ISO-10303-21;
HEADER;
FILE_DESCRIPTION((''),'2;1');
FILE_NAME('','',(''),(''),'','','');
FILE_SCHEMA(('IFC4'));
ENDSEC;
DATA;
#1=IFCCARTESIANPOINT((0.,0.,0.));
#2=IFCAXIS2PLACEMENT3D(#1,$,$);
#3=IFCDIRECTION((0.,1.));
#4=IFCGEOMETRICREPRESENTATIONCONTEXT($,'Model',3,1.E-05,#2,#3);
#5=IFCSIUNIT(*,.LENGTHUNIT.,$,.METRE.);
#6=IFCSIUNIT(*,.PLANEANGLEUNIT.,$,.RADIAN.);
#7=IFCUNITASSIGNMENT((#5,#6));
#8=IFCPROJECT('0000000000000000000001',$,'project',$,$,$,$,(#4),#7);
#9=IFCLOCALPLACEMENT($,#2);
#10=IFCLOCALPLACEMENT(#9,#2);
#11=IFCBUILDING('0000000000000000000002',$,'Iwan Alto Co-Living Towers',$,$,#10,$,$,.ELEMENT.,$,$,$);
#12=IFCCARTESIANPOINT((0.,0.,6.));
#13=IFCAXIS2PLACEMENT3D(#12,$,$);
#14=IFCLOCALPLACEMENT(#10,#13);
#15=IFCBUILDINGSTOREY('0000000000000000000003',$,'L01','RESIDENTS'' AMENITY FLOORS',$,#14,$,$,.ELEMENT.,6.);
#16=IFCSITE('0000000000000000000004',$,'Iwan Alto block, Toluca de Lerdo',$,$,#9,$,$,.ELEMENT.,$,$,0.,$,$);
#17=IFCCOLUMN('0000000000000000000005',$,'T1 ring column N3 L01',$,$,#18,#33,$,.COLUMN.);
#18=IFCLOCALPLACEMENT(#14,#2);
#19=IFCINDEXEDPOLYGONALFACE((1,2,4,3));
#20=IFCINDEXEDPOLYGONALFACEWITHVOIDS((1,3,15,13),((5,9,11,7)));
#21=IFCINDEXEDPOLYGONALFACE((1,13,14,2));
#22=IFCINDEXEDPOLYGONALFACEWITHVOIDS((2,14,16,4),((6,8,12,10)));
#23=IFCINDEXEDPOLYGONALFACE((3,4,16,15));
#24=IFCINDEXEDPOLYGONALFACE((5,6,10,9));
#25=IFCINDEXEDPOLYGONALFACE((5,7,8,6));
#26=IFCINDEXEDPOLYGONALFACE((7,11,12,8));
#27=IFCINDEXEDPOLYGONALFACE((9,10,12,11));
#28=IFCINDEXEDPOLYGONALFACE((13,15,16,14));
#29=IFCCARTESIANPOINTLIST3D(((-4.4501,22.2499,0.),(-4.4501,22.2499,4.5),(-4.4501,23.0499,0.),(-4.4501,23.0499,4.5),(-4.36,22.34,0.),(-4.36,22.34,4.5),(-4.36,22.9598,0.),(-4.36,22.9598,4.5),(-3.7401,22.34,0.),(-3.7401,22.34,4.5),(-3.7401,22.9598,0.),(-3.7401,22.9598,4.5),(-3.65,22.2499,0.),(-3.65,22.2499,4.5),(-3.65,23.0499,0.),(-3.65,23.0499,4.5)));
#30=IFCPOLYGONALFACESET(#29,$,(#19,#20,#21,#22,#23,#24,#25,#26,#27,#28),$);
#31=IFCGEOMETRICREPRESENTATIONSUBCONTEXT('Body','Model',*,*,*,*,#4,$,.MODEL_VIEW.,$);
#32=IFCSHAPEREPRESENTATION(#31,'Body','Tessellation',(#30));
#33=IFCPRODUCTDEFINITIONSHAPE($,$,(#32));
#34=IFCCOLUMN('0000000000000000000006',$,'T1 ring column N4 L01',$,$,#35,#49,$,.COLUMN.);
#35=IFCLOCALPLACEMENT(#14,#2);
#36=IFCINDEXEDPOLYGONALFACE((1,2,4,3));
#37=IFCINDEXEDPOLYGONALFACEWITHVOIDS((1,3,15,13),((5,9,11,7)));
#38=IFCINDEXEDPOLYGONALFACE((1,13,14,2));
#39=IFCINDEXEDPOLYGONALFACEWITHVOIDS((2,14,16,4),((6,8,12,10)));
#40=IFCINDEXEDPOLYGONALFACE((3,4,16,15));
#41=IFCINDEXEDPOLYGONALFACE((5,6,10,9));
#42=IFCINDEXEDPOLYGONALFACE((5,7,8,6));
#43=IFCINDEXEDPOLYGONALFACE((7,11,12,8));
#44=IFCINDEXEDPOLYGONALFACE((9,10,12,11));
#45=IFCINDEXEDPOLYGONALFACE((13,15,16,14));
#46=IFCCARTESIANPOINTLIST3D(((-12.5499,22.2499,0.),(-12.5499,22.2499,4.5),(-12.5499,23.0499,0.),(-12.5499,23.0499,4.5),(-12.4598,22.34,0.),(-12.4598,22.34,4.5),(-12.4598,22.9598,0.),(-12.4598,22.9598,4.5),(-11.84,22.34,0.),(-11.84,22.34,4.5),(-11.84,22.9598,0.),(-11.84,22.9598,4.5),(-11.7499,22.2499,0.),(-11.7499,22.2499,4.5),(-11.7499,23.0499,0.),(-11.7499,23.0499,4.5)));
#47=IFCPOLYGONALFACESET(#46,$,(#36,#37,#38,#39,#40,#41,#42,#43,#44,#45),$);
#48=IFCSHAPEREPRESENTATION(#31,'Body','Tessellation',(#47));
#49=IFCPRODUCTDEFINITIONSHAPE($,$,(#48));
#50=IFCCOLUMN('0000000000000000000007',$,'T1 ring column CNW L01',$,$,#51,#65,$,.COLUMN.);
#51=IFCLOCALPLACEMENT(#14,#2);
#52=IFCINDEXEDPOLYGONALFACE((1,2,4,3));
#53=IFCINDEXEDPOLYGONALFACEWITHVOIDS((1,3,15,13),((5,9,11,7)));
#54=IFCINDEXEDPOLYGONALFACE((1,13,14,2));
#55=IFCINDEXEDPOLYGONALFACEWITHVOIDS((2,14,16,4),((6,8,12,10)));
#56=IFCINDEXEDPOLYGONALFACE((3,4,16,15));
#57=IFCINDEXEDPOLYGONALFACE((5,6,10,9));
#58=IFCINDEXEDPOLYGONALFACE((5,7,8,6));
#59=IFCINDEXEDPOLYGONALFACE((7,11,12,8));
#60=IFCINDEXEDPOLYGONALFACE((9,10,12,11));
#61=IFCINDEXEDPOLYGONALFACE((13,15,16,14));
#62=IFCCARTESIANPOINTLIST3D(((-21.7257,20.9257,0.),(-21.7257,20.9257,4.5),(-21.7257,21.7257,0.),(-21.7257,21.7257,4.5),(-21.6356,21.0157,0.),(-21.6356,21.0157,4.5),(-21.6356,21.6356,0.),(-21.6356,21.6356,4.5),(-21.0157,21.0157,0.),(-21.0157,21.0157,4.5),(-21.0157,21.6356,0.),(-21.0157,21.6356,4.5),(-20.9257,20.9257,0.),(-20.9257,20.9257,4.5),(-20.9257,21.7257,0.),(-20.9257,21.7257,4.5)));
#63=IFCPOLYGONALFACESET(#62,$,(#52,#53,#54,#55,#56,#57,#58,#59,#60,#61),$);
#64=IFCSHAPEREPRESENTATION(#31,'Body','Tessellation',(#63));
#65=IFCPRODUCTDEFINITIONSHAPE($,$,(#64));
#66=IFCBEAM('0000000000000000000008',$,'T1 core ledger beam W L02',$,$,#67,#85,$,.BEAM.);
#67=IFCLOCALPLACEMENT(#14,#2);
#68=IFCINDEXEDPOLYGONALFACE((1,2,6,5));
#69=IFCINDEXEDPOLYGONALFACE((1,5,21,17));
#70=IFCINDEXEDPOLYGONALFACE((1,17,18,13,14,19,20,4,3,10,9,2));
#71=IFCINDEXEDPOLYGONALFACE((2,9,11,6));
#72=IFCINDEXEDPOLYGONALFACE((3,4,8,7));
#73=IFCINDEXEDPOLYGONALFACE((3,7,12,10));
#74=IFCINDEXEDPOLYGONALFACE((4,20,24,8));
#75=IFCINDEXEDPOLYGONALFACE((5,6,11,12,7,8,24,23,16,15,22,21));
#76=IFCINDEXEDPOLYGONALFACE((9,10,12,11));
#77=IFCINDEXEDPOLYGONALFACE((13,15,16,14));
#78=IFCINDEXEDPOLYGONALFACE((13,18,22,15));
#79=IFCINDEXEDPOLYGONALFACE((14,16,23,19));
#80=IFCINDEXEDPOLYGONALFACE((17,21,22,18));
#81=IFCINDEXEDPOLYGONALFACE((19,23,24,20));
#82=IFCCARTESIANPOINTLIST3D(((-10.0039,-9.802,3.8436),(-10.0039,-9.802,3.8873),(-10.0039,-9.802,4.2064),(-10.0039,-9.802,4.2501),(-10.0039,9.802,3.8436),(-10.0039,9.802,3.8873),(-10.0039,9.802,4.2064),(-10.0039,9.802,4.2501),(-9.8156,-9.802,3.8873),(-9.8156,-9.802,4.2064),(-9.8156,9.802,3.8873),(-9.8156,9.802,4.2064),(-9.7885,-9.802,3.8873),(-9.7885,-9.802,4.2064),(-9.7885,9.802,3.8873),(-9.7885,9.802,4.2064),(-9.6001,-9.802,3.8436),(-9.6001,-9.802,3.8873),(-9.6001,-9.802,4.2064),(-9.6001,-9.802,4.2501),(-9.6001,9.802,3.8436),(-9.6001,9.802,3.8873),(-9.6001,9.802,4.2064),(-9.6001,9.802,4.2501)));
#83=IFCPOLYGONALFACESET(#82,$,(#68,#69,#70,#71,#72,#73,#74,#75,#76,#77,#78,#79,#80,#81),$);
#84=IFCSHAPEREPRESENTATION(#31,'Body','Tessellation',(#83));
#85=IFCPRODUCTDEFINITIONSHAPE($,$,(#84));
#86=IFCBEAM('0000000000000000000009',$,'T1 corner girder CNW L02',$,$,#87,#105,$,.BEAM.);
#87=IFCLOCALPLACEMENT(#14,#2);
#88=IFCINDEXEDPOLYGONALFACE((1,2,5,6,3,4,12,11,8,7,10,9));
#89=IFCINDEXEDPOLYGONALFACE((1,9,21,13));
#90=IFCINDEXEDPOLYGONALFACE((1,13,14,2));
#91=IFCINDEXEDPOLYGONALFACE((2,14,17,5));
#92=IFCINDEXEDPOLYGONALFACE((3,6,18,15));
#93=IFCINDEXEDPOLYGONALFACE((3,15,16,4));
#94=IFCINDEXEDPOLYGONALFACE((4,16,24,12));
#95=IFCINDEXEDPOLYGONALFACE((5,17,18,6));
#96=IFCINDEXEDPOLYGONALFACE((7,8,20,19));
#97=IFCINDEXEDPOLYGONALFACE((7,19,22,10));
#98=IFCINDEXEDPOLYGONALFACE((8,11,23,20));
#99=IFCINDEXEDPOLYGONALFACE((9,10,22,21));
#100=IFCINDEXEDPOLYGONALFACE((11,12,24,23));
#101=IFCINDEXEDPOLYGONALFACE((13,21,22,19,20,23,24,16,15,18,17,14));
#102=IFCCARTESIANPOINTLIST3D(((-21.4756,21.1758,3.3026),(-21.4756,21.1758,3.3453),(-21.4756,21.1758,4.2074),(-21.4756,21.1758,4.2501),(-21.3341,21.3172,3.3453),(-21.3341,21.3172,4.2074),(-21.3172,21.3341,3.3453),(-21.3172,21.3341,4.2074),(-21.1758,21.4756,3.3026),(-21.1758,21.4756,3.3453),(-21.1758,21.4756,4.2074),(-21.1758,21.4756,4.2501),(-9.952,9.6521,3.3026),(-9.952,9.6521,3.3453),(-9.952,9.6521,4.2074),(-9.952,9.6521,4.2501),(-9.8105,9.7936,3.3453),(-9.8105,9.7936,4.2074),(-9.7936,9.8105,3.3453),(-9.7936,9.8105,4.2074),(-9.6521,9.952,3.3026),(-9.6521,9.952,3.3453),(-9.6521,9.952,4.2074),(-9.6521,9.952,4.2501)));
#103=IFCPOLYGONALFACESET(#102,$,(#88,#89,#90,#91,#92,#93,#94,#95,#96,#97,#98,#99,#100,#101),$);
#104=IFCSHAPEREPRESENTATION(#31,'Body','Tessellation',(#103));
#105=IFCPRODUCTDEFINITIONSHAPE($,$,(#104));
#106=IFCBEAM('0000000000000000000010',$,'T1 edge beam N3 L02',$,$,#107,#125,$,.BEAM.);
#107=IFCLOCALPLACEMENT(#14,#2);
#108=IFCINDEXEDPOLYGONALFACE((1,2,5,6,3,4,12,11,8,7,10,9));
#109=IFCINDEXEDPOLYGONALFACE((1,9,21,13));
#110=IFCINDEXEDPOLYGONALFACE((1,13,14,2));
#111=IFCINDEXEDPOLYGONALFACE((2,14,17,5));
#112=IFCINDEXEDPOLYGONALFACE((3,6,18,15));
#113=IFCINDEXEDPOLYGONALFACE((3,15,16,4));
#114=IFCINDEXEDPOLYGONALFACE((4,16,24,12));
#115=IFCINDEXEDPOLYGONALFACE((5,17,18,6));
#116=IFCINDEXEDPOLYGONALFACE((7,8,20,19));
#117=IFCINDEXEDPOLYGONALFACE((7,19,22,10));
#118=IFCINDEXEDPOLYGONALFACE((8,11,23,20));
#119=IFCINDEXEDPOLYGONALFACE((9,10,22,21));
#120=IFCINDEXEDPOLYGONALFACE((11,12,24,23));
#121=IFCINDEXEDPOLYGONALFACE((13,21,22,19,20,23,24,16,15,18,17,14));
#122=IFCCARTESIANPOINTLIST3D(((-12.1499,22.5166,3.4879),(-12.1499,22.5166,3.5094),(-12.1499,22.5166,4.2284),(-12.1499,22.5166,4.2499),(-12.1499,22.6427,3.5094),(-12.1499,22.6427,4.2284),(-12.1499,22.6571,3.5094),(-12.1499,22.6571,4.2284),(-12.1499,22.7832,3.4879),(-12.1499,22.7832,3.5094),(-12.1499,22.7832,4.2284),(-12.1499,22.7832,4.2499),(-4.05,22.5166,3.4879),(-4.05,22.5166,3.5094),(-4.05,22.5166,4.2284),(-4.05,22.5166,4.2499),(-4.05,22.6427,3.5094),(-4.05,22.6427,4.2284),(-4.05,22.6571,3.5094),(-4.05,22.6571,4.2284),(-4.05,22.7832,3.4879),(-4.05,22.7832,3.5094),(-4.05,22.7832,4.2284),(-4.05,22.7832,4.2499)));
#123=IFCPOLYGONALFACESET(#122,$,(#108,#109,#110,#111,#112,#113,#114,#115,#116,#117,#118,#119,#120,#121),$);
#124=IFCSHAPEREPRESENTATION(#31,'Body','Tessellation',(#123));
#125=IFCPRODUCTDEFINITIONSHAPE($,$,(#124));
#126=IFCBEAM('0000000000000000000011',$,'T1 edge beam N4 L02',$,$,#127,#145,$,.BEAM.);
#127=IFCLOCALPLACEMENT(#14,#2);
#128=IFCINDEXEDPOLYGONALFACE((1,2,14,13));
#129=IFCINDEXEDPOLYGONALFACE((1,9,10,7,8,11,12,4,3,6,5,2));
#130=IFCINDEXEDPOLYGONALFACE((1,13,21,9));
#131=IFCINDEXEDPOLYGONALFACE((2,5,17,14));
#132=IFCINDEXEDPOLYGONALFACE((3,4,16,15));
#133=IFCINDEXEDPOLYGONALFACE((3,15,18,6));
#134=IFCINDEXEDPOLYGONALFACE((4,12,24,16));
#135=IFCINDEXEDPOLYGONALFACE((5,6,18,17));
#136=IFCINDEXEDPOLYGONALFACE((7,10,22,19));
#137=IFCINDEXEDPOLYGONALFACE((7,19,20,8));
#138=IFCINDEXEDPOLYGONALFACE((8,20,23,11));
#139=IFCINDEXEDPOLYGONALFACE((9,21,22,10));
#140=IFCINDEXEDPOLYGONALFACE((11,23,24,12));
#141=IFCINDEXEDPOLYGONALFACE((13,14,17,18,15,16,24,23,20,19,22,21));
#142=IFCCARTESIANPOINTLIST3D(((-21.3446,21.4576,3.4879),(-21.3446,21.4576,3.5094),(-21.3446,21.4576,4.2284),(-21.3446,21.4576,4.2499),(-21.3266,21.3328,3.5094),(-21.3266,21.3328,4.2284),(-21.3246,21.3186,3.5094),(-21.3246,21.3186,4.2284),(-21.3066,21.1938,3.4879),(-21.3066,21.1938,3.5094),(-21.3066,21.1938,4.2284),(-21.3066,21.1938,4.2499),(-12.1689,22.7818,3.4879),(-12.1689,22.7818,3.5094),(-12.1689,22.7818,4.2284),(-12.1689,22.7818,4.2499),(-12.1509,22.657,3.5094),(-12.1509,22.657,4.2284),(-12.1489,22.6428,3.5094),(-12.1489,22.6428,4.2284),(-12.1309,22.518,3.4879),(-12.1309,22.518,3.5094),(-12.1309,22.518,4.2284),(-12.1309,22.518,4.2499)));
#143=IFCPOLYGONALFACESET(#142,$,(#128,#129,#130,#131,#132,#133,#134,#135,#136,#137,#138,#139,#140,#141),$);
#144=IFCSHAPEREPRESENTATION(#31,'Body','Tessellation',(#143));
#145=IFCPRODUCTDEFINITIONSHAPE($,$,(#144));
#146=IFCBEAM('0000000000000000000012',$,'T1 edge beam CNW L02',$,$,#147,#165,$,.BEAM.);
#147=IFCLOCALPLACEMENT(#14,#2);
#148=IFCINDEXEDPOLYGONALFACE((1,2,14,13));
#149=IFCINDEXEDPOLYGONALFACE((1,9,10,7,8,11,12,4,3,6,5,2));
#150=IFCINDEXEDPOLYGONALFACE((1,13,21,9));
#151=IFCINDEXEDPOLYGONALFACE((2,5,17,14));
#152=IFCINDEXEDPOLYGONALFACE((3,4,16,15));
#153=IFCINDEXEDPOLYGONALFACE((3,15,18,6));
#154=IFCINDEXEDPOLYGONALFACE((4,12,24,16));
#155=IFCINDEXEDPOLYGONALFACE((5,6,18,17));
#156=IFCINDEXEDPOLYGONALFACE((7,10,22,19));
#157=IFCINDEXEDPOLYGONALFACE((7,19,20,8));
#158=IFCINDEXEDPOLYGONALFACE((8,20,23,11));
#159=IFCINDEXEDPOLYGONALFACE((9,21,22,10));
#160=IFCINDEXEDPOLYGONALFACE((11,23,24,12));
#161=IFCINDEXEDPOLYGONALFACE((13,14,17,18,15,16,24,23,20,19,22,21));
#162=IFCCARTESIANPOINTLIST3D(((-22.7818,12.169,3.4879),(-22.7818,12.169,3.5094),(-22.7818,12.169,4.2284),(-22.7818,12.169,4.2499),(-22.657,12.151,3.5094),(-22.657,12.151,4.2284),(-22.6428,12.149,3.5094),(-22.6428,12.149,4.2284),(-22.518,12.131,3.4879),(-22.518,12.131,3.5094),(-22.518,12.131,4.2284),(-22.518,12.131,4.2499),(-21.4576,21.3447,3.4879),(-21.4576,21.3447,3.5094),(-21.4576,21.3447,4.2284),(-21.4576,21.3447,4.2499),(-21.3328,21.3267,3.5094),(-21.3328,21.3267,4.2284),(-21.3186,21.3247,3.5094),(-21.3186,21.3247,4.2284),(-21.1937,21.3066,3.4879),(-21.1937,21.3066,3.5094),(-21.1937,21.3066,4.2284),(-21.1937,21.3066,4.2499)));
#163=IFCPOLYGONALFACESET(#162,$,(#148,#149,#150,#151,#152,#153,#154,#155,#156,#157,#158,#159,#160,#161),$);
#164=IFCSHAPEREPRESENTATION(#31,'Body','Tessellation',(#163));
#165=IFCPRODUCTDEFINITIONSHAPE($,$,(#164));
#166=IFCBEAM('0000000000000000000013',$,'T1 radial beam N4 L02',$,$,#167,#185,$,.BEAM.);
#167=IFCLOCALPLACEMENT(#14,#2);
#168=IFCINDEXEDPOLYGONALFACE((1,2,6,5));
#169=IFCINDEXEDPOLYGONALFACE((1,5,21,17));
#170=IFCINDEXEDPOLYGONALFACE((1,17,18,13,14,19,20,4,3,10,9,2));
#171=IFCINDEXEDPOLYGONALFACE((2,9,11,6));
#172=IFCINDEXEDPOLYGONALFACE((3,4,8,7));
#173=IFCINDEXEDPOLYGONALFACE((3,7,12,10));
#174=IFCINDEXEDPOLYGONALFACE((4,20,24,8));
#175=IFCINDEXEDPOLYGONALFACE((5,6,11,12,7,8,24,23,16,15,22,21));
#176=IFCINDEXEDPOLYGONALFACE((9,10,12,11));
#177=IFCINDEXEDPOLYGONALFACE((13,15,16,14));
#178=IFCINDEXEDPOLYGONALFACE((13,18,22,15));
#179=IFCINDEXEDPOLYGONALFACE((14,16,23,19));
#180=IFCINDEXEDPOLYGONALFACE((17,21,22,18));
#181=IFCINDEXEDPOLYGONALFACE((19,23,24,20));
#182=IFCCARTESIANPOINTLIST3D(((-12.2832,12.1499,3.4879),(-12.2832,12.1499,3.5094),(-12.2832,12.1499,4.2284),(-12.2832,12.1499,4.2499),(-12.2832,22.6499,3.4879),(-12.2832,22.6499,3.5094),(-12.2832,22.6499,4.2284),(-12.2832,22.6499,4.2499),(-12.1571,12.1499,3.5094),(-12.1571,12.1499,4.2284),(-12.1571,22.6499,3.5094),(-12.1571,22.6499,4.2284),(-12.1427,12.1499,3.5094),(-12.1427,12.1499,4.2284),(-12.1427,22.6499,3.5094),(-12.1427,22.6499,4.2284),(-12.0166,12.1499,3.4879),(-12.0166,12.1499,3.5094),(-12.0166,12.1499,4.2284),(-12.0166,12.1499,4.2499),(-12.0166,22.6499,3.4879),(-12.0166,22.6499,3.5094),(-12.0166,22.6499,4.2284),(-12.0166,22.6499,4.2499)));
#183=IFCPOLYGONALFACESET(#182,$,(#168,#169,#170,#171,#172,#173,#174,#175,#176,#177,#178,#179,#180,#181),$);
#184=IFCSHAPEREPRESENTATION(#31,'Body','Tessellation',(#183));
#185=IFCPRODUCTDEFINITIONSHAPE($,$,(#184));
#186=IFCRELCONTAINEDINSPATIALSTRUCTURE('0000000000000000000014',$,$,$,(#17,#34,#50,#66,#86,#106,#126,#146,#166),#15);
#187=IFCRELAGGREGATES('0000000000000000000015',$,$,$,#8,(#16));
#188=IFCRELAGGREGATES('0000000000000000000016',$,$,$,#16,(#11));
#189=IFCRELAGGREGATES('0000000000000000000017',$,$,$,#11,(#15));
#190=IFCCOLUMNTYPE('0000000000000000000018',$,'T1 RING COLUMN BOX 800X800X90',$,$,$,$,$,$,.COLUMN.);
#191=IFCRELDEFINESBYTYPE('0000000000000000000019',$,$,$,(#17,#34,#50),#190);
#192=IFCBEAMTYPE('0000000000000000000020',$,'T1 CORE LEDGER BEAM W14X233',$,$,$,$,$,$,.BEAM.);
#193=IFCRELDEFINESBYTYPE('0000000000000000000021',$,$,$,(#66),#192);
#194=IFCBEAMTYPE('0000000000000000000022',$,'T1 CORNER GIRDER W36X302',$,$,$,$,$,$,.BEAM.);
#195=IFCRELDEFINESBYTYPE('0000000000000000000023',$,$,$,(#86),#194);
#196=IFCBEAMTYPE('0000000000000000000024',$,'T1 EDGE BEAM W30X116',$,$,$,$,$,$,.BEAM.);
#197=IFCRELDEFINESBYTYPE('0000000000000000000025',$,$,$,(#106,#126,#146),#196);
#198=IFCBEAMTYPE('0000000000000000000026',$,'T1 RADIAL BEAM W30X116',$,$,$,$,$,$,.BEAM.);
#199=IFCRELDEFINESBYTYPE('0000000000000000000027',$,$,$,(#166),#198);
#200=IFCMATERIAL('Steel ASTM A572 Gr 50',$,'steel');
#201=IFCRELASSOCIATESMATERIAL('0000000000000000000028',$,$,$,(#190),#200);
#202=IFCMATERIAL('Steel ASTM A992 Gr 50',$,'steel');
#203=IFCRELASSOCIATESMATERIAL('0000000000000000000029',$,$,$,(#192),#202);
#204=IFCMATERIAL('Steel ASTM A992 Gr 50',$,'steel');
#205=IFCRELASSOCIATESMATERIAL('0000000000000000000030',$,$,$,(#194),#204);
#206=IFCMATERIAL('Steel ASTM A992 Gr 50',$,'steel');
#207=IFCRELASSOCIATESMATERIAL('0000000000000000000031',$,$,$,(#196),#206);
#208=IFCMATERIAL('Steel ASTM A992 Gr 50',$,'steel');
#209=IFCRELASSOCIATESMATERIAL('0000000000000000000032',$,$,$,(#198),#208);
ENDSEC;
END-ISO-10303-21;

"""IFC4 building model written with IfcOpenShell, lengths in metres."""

from ifc_helpers import new_model, si_unit, direction, frame, origin, origin_2d, place, context, subcontext, project, spatial, hollow_rectangle, i_section, extrude, material, material_profile, profile_set, type_object, element, save


model = new_model("IFC4")

# Units and contexts
model_context = context("Model", 3, precision=1e-05, world=origin(), true_north=direction((0.0, 1.0)))
body_context = subcontext(model_context, "Body", "Model", "MODEL_VIEW")
ifc_project = project(units=[si_unit("LENGTHUNIT", "METRE"), si_unit("PLANEANGLEUNIT", "RADIAN")], contexts=[model_context])

# Site, building, storey
site_placement = place(None, origin())
site = spatial("IfcSite", under=ifc_project, at=site_placement, Name="Iwan Alto block, Toluca de Lerdo", CompositionType="ELEMENT", RefElevation=0.0)
building_placement = place(site_placement, origin())
building = spatial("IfcBuilding", under=site, at=building_placement, Name="Iwan Alto Co-Living Towers", CompositionType="ELEMENT")
storey_placement = place(building_placement, frame((0.0, 0.0, 6.0)))
storey = spatial("IfcBuildingStorey", under=building, at=storey_placement, Name="L01", Description="RESIDENTS' AMENITY FLOORS", CompositionType="ELEMENT", Elevation=6.0)

# Columns
ifc_material_1 = material(Name="Steel ASTM A572 Gr 50", Category="steel")
ifc_material_profile_1 = material_profile(ifc_material_1, hollow_rectangle(XDim=0.8, YDim=0.8, WallThickness=0.0901, at=origin_2d()), Name="BOX 800X800X90")
ifc_profile_set_1 = profile_set([ifc_material_profile_1], Name="Steel ASTM A572 Gr 50")
column_type = type_object("IfcColumnType", Name="T1 RING COLUMN BOX 800X800X90", PredefinedType="COLUMN", material=ifc_profile_set_1)
for number, where, z_axis, x_axis, name in (
    (1, (-4.05, 22.6499, 0.0), (0.0, 0.0, 1.0), (1.0, 0.0, 0.0), "T1 ring column N3 L01"),
    (2, (-12.1499, 22.6499, 0.0), (0.0, 0.0, 1.0), (1.0, 0.0, 0.0), "T1 ring column N4 L01"),
    (3, (-21.3257, 21.3257, 0.0), (0.0, 0.0, 1.0), (1.0, 0.0, 0.0), "T1 ring column CNW L01"),
):
    element("IfcColumn", number, at=place(storey_placement, frame(where, z_axis=z_axis, x_axis=x_axis)), inside=storey, type_object=column_type, Name=name, PredefinedType="COLUMN", context=body_context, shape_type="SweptSolid", body=[
        extrude(hollow_rectangle(XDim=0.8, YDim=0.8, WallThickness=0.0901, at=origin_2d()), origin(), (0.0, 0.0, 1.0), 4.5),
    ])

# Beams
ifc_material_2 = material(Name="Steel ASTM A992 Gr 50", Category="steel")
ifc_material_profile_2 = material_profile(ifc_material_2, i_section(OverallWidth=0.4038, OverallDepth=0.4065, WebThickness=0.0271, FlangeThickness=0.0437, at=origin_2d()), Name="W14X233")
ifc_profile_set_2 = profile_set([ifc_material_profile_2], Name="Steel ASTM A992 Gr 50")
beam_type_1 = type_object("IfcBeamType", Name="T1 CORE LEDGER BEAM W14X233", PredefinedType="BEAM", material=ifc_profile_set_2)
beam_1_placement = place(storey_placement, frame((-9.802, 9.802, 4.0469), z_axis=(0.0, -1.0, 0.0), x_axis=(1.0, 0.0, 0.0)))
element("IfcBeam", 4, at=beam_1_placement, inside=storey, type_object=beam_type_1, Name="T1 core ledger beam W L02", PredefinedType="BEAM", context=body_context, shape_type="SweptSolid", body=[
    extrude(i_section(OverallWidth=0.4038, OverallDepth=0.4065, WebThickness=0.0271, FlangeThickness=0.0437, at=origin_2d()), origin(), (0.0, 0.0, 1.0), 19.604),
])
ifc_material_3 = material(Name="Steel ASTM A992 Gr 50", Category="steel")
ifc_material_profile_3 = material_profile(ifc_material_3, i_section(OverallWidth=0.4241, OverallDepth=0.9475, WebThickness=0.0239, FlangeThickness=0.0427, at=origin_2d()), Name="W36X302")
ifc_profile_set_3 = profile_set([ifc_material_profile_3], Name="Steel ASTM A992 Gr 50")
beam_type_2 = type_object("IfcBeamType", Name="T1 CORNER GIRDER W36X302", PredefinedType="BEAM", material=ifc_profile_set_3)
beam_2_placement = place(storey_placement, frame((-21.3257, 21.3257, 3.7764), z_axis=(0.707107, -0.707107, 0.0), x_axis=(0.707107, 0.707107, 0.0)))
element("IfcBeam", 5, at=beam_2_placement, inside=storey, type_object=beam_type_2, Name="T1 corner girder CNW L02", PredefinedType="BEAM", context=body_context, shape_type="SweptSolid", body=[
    extrude(i_section(OverallWidth=0.4241, OverallDepth=0.9475, WebThickness=0.0239, FlangeThickness=0.0427, at=origin_2d()), origin(), (0.0, 0.0, 1.0), 16.2969),
])
ifc_material_4 = material(Name="Steel ASTM A992 Gr 50", Category="steel")
ifc_material_profile_4 = material_profile(ifc_material_4, i_section(OverallWidth=0.2666, OverallDepth=0.762, WebThickness=0.0144, FlangeThickness=0.0215, at=origin_2d()), Name="W30X116")
ifc_profile_set_4 = profile_set([ifc_material_profile_4], Name="Steel ASTM A992 Gr 50")
beam_type_3 = type_object("IfcBeamType", Name="T1 EDGE BEAM W30X116", PredefinedType="BEAM", material=ifc_profile_set_4)
beam_3_placement = place(storey_placement, frame((-4.05, 22.6499, 3.8689), z_axis=(-1.0, 0.0, 0.0), x_axis=(0.0, -1.0, 0.0)))
element("IfcBeam", 6, at=beam_3_placement, inside=storey, type_object=beam_type_3, Name="T1 edge beam N3 L02", PredefinedType="BEAM", context=body_context, shape_type="SweptSolid", body=[
    extrude(i_section(OverallWidth=0.2666, OverallDepth=0.762, WebThickness=0.0144, FlangeThickness=0.0215, at=origin_2d()), origin(), (0.0, 0.0, 1.0), 8.0999),
])
for number, where, z_axis, x_axis, name in (
    (7, (-12.1499, 22.6499, 3.8689), (-0.989746, -0.142837, 0.0), (0.142837, -0.989746, 0.0), "T1 edge beam N4 L02"),
    (8, (-21.3257, 21.3257, 3.8689), (-0.142837, -0.989746, 0.0), (0.989746, -0.142837, 0.0), "T1 edge beam CNW L02"),
):
    element("IfcBeam", number, at=place(storey_placement, frame(where, z_axis=z_axis, x_axis=x_axis)), inside=storey, type_object=beam_type_3, Name=name, PredefinedType="BEAM", context=body_context, shape_type="SweptSolid", body=[
        extrude(i_section(OverallWidth=0.2666, OverallDepth=0.762, WebThickness=0.0144, FlangeThickness=0.0215, at=origin_2d()), origin(), (0.0, 0.0, 1.0), 9.2708),
    ])
ifc_material_5 = material(Name="Steel ASTM A992 Gr 50", Category="steel")
ifc_material_profile_5 = material_profile(ifc_material_5, i_section(OverallWidth=0.2666, OverallDepth=0.762, WebThickness=0.0144, FlangeThickness=0.0215, at=origin_2d()), Name="W30X116")
ifc_profile_set_5 = profile_set([ifc_material_profile_5], Name="Steel ASTM A992 Gr 50")
beam_type_4 = type_object("IfcBeamType", Name="T1 RADIAL BEAM W30X116", PredefinedType="BEAM", material=ifc_profile_set_5)
for number, where, z_axis, x_axis, name in (
    (9, (-12.1499, 22.6499, 3.8689), (0.0, -1.0, 0.0), (1.0, 0.0, 0.0), "T1 radial beam N4 L02"),
):
    element("IfcBeam", number, at=place(storey_placement, frame(where, z_axis=z_axis, x_axis=x_axis)), inside=storey, type_object=beam_type_4, Name=name, PredefinedType="BEAM", context=body_context, shape_type="SweptSolid", body=[
        extrude(i_section(OverallWidth=0.2666, OverallDepth=0.762, WebThickness=0.0144, FlangeThickness=0.0215, at=origin_2d()), origin(), (0.0, 0.0, 1.0), 10.5),
    ])

save(model, "model.ifc")
